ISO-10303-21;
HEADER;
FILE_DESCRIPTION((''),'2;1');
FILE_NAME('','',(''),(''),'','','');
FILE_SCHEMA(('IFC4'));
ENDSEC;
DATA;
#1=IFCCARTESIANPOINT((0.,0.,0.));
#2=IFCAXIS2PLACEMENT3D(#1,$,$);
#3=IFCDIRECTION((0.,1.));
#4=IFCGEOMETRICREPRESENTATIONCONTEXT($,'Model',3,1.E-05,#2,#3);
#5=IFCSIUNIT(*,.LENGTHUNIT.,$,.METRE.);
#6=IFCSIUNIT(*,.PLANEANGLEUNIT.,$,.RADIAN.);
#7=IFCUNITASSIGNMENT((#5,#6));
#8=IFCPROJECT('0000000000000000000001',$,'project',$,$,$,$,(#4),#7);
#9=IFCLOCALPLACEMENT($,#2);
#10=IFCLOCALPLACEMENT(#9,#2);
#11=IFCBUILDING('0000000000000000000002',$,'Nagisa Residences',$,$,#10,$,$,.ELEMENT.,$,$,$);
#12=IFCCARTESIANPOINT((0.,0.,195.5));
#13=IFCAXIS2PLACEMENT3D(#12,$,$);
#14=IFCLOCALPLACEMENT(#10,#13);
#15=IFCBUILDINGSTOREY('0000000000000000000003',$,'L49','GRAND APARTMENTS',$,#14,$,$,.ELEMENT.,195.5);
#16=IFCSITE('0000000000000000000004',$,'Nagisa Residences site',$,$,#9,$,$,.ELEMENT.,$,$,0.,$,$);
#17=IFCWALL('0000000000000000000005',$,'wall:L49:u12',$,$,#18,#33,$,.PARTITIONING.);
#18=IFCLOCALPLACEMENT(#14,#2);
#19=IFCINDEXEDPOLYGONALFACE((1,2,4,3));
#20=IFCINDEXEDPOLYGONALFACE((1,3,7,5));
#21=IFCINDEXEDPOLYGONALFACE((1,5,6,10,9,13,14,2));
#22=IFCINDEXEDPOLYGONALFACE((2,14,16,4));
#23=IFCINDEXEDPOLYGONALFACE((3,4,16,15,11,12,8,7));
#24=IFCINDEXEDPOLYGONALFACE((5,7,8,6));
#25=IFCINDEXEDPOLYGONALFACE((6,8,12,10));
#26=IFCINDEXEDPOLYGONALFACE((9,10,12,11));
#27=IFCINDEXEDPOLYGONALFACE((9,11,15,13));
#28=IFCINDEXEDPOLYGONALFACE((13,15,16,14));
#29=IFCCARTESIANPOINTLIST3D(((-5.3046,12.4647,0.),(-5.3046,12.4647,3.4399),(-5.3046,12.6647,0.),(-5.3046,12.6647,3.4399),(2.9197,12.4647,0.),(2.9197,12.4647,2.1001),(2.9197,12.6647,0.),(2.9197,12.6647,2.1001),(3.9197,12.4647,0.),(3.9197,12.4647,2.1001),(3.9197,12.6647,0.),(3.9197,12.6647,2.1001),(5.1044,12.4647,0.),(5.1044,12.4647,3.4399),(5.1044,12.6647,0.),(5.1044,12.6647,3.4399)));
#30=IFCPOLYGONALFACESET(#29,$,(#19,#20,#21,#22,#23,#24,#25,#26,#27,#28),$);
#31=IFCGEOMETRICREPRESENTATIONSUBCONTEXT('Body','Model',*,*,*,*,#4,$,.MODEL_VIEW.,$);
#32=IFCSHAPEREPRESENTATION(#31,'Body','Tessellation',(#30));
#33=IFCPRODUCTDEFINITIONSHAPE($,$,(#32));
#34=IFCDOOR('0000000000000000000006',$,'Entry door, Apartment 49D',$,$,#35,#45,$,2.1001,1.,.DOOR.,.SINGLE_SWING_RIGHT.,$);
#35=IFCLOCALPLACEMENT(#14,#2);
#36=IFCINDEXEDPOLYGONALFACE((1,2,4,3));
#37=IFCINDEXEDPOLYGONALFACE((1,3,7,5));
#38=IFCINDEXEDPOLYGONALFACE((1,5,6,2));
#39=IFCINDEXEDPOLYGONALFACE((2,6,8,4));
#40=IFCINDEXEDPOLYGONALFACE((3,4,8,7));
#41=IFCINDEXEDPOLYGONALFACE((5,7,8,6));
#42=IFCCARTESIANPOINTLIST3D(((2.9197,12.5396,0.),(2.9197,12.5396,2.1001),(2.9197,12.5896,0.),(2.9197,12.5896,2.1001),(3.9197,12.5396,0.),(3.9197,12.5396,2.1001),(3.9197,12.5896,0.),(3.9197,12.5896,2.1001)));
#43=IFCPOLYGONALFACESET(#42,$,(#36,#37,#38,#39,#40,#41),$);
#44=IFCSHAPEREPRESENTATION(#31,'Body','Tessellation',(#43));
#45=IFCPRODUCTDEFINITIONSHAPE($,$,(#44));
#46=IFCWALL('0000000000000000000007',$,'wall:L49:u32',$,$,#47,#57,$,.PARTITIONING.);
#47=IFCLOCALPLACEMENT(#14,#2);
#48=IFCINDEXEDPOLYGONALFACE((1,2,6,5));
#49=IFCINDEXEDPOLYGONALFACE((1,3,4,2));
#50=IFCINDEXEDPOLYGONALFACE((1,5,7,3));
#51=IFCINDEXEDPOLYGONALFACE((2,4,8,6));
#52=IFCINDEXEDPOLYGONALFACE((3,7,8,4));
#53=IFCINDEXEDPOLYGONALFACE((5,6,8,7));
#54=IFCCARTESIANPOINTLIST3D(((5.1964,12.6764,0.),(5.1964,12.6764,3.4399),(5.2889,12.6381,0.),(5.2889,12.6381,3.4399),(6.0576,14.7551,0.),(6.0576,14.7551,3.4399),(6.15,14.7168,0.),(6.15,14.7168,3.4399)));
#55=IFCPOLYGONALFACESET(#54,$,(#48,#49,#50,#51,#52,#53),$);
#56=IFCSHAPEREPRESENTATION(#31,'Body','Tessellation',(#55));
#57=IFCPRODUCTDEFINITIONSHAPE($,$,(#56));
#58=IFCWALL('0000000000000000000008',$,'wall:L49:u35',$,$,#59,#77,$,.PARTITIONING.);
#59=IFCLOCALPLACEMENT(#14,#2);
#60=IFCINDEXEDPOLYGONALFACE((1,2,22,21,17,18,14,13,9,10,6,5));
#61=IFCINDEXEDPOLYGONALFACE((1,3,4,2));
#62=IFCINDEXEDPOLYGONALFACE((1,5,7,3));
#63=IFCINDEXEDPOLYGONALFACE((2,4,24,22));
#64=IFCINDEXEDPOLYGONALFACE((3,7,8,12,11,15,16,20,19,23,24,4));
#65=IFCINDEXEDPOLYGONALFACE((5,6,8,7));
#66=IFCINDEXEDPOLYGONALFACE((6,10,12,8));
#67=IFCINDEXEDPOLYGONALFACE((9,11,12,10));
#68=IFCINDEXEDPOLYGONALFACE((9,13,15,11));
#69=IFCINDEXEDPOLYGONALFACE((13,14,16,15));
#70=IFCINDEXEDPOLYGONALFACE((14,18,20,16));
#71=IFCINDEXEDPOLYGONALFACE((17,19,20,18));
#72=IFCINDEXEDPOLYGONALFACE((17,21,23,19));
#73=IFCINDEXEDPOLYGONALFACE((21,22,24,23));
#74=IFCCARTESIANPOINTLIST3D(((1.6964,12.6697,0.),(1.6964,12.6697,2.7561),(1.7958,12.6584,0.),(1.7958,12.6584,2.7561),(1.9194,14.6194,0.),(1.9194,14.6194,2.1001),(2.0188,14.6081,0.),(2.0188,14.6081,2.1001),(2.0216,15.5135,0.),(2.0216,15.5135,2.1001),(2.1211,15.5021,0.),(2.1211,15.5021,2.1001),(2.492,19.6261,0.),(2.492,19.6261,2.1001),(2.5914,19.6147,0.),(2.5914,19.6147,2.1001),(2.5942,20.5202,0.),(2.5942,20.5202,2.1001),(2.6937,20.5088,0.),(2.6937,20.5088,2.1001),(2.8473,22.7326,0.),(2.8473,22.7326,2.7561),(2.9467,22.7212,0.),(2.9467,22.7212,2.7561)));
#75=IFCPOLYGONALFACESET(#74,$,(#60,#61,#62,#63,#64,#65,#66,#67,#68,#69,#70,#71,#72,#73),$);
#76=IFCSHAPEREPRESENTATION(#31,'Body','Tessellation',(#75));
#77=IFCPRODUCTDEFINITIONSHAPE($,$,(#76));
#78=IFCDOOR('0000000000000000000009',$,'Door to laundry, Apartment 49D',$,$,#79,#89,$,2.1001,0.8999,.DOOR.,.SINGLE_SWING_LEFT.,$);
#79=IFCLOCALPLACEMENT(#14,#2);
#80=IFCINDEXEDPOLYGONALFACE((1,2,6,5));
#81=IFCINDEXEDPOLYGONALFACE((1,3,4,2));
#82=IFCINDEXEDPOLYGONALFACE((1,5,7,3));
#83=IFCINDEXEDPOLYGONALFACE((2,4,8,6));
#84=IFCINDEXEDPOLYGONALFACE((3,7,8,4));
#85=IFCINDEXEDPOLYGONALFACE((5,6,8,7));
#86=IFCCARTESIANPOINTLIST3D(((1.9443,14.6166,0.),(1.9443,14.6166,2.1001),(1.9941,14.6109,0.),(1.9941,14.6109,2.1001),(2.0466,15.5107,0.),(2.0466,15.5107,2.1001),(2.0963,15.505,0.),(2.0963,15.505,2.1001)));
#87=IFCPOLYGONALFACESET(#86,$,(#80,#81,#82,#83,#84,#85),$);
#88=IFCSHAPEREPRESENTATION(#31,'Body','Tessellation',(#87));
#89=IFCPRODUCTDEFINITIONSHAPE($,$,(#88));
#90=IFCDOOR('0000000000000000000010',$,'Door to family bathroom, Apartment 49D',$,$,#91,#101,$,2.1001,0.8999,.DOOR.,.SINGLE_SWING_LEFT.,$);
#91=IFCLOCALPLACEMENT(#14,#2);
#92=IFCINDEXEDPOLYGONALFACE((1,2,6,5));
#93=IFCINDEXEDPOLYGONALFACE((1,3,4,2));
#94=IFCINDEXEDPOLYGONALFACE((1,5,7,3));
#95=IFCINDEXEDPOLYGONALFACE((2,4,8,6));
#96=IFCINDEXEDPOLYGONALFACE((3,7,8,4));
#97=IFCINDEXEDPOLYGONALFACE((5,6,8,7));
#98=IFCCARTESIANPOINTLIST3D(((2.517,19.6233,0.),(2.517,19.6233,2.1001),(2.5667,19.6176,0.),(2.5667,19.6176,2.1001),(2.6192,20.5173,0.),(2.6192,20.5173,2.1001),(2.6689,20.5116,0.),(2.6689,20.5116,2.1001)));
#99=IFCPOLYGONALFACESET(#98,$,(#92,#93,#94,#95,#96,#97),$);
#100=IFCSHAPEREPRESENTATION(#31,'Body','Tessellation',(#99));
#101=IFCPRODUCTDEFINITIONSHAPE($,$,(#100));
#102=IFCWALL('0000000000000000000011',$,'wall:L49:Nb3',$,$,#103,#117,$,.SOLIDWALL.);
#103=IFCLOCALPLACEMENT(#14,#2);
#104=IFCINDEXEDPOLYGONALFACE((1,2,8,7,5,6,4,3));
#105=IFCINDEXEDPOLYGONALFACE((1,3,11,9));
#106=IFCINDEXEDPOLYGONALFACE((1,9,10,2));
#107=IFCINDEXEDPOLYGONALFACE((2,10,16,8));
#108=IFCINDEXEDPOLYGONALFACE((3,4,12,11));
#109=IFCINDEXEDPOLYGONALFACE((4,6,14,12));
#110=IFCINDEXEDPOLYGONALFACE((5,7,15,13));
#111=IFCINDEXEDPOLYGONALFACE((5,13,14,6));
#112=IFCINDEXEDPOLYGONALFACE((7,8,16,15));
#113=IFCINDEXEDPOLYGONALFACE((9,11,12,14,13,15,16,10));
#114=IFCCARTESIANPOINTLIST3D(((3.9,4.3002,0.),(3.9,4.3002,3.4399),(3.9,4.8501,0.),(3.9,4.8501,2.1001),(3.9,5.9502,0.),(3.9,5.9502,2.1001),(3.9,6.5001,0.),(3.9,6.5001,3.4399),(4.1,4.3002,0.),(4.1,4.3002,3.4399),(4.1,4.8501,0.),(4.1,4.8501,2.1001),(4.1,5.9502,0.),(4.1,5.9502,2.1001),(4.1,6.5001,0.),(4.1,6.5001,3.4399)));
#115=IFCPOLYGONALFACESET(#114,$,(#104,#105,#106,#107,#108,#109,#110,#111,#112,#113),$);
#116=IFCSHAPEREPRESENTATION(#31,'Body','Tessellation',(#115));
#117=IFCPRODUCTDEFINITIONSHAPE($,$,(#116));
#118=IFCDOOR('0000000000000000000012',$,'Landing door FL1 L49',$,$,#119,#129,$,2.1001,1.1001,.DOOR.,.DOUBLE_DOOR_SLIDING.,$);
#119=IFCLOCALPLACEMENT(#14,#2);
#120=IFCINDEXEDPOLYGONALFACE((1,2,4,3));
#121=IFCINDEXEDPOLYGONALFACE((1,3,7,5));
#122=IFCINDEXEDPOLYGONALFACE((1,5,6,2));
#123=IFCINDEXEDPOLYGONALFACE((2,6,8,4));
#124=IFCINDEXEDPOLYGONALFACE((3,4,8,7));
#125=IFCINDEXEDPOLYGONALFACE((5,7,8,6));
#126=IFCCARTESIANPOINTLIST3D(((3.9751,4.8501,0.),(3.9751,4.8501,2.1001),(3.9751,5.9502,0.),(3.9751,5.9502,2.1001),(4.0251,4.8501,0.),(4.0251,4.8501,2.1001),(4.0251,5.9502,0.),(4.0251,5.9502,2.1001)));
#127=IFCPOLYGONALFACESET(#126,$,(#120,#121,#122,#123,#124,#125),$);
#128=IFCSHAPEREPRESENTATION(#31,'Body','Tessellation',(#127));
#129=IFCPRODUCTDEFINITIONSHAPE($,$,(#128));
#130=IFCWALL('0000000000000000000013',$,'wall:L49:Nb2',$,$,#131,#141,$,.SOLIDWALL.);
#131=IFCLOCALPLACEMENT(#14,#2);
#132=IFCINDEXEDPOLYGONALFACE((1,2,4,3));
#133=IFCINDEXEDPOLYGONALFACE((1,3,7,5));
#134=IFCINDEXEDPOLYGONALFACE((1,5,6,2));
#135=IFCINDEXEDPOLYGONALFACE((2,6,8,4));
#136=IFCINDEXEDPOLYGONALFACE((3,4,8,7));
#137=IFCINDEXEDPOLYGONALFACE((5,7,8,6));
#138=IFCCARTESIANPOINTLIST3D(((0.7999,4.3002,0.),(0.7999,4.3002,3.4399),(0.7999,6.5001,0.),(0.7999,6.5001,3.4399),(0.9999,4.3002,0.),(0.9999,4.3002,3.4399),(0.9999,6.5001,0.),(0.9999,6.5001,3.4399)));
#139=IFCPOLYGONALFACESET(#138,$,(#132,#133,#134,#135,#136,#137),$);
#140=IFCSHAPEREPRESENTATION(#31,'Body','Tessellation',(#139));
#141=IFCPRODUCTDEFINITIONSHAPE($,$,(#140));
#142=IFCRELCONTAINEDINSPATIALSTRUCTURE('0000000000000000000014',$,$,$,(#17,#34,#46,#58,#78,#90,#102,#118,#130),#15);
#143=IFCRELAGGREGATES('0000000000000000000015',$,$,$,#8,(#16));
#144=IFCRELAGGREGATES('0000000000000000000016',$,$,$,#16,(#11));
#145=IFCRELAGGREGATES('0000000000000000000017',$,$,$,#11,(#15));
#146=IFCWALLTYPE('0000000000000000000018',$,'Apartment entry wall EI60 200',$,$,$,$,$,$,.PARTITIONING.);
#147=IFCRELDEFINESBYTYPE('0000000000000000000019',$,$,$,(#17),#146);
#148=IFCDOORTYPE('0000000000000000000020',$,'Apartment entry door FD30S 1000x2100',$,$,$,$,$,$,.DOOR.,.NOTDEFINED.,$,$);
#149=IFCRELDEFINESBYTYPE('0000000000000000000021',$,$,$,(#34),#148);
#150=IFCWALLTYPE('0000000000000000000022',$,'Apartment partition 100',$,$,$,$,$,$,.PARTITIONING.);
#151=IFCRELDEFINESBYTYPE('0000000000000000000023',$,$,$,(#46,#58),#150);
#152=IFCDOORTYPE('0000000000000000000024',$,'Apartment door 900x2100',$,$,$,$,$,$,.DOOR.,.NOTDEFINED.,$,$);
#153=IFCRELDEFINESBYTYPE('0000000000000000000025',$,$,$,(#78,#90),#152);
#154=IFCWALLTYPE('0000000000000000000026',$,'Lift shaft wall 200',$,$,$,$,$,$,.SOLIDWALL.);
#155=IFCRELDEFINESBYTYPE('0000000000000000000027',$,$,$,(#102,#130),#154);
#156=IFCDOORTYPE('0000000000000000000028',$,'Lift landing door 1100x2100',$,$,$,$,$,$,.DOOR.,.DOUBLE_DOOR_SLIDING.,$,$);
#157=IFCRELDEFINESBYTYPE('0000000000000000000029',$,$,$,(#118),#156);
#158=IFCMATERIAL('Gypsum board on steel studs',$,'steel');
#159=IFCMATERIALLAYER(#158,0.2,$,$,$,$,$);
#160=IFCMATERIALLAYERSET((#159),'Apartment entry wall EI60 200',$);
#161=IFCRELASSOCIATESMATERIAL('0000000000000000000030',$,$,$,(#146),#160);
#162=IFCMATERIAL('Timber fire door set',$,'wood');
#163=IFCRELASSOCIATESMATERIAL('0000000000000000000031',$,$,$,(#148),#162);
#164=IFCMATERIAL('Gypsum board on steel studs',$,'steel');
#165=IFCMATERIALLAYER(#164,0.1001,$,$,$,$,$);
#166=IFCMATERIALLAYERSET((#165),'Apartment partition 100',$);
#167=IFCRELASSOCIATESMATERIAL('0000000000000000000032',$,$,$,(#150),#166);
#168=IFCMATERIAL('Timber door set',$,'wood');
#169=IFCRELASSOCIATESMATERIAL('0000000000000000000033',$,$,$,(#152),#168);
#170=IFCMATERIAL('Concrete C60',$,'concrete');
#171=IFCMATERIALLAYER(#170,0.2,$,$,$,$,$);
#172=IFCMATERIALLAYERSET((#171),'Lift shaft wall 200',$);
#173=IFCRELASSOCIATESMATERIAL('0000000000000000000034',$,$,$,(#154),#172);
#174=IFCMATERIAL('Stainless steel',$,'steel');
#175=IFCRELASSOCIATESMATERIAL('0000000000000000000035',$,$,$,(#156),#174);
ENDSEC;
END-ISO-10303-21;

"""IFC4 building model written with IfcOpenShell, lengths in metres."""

from ifc_helpers import new_model, si_unit, direction, frame, frame_2d, origin, place, context, subcontext, project, spatial, rectangle, extrude, material, layer, layer_set, type_object, element, fill, save


model = new_model("IFC4")

# Units and contexts
model_context = context("Model", 3, precision=1e-05, world=origin(), true_north=direction((0.0, 1.0)))
body_context = subcontext(model_context, "Body", "Model", "MODEL_VIEW")
ifc_project = project(units=[si_unit("LENGTHUNIT", "METRE"), si_unit("PLANEANGLEUNIT", "RADIAN")], contexts=[model_context])

# Site, building, storey
site_placement = place(None, origin())
site = spatial("IfcSite", under=ifc_project, at=site_placement, Name="Nagisa Residences site", CompositionType="ELEMENT", RefElevation=0.0)
building_placement = place(site_placement, origin())
building = spatial("IfcBuilding", under=site, at=building_placement, Name="Nagisa Residences", CompositionType="ELEMENT")
storey_placement = place(building_placement, frame((0.0, 0.0, 195.5)))
storey = spatial("IfcBuildingStorey", under=building, at=storey_placement, Name="L49", Description="GRAND APARTMENTS", CompositionType="ELEMENT", Elevation=195.5)

# Wall, opening, door
ifc_material_1 = material(Name="Gypsum board on steel studs", Category="steel")
ifc_layer_1 = layer(ifc_material_1, 0.2)
ifc_layer_set_1 = layer_set([ifc_layer_1], Name="Apartment entry wall EI60 200")
wall_type_1 = type_object("IfcWallType", Name="Apartment entry wall EI60 200", PredefinedType="PARTITIONING", material=ifc_layer_set_1)
wall_1_placement = place(storey_placement, frame((5.1045, 12.5647, 0.0), z_axis=(0.0, 0.0, 1.0), x_axis=(-1.0, 0.0, 0.0)))
wall_1 = element("IfcWall", 1, at=wall_1_placement, inside=storey, type_object=wall_type_1, Name="wall:L49:u12", PredefinedType="PARTITIONING", context=body_context, shape_type="SweptSolid", body=[
    extrude(rectangle(XDim=10.4089, YDim=0.2, at=frame_2d((5.2046, 0.0))), origin(), (0.0, 0.0, 1.0), 3.4399),
])
opening_1_placement = place(wall_1_placement, frame((1.1848, 0.0, 0.0)))
opening_1 = element("IfcOpeningElement", 2, at=opening_1_placement, cuts=wall_1, PredefinedType="OPENING", context=body_context, shape_type="SweptSolid", body=[
    extrude(rectangle(XDim=1.0, YDim=2.1001, at=frame_2d((0.5, 1.05))), frame((0.0, 0.1099, 0.0), z_axis=(0.0, -1.0, 0.0), x_axis=(1.0, 0.0, 0.0)), (0.0, 0.0, 1.0), 0.22),
])
ifc_material_2 = material(Name="Timber fire door set", Category="wood")
door_type_1 = type_object("IfcDoorType", Name="Apartment entry door FD30S 1000x2100", OperationType="NOTDEFINED", PredefinedType="DOOR", material=ifc_material_2)
door_1_placement = place(opening_1_placement, frame((1.0, 0.0, 0.0), x_axis=(-1.0, 0.0, 0.0)))
door_1 = element("IfcDoor", 3, at=door_1_placement, inside=storey, type_object=door_type_1, Name="Entry door, Apartment 49D", OperationType="SINGLE_SWING_RIGHT", OverallHeight=2.1001, OverallWidth=1.0, PredefinedType="DOOR", context=body_context, shape_type="SweptSolid", body=[
    extrude(rectangle(XDim=1.0, YDim=2.1001, at=frame_2d((0.5, 1.05))), frame((0.0, 0.0249, 0.0), z_axis=(0.0, -1.0, 0.0), x_axis=(1.0, 0.0, 0.0)), (0.0, 0.0, 1.0), 0.05),
])
fill(opening_1, door_1)

# Wall
ifc_material_3 = material(Name="Gypsum board on steel studs", Category="steel")
ifc_layer_2 = layer(ifc_material_3, 0.1001)
ifc_layer_set_2 = layer_set([ifc_layer_2], Name="Apartment partition 100")
wall_type_2 = type_object("IfcWallType", Name="Apartment partition 100", PredefinedType="PARTITIONING", material=ifc_layer_set_2)
wall_2_placement = place(storey_placement, frame((5.2427, 12.6572, 0.0), z_axis=(0.0, 0.0, 1.0), x_axis=(0.382719, 0.923865, 0.0)))
element("IfcWall", 4, at=wall_2_placement, inside=storey, type_object=wall_type_2, Name="wall:L49:u32", PredefinedType="PARTITIONING", context=body_context, shape_type="SweptSolid", body=[
    extrude(rectangle(XDim=2.25, YDim=0.1001, at=frame_2d((1.125, 0.0))), origin(), (0.0, 0.0, 1.0), 3.4399),
])

# Wall, openings, doors
wall_3_placement = place(storey_placement, frame((1.7461, 12.6641, 0.0), z_axis=(0.0, 0.0, 1.0), x_axis=(0.11363, 0.993523, 0.0)))
wall_3 = element("IfcWall", 5, at=wall_3_placement, inside=storey, type_object=wall_type_2, Name="wall:L49:u35", PredefinedType="PARTITIONING", context=body_context, shape_type="SweptSolid", body=[
    extrude(rectangle(XDim=10.1284, YDim=0.1001, at=frame_2d((5.0642, 0.0))), origin(), (0.0, 0.0, 1.0), 2.7561),
])
opening_2_placement = place(wall_3_placement, frame((1.9624, 0.0, 0.0)))
opening_2 = element("IfcOpeningElement", 6, at=opening_2_placement, cuts=wall_3, PredefinedType="OPENING", context=body_context, shape_type="SweptSolid", body=[
    extrude(rectangle(XDim=0.8999, YDim=2.1001, at=frame_2d((0.45, 1.05))), frame((0.0, 0.0601, 0.0), z_axis=(0.0, -1.0, 0.0), x_axis=(1.0, 0.0, 0.0)), (0.0, 0.0, 1.0), 0.1201),
])
opening_3_placement = place(wall_3_placement, frame((7.0017, 0.0, 0.0)))
opening_3 = element("IfcOpeningElement", 7, at=opening_3_placement, cuts=wall_3, PredefinedType="OPENING", context=body_context, shape_type="SweptSolid", body=[
    extrude(rectangle(XDim=0.8999, YDim=2.1001, at=frame_2d((0.45, 1.05))), frame((0.0, 0.0601, 0.0), z_axis=(0.0, -1.0, 0.0), x_axis=(1.0, 0.0, 0.0)), (0.0, 0.0, 1.0), 0.1201),
])
ifc_material_4 = material(Name="Timber door set", Category="wood")
door_type_2 = type_object("IfcDoorType", Name="Apartment door 900x2100", OperationType="NOTDEFINED", PredefinedType="DOOR", material=ifc_material_4)
door_2_placement = place(opening_2_placement, origin())
door_2 = element("IfcDoor", 8, at=door_2_placement, inside=storey, type_object=door_type_2, Name="Door to laundry, Apartment 49D", OperationType="SINGLE_SWING_LEFT", OverallHeight=2.1001, OverallWidth=0.8999, PredefinedType="DOOR", context=body_context, shape_type="SweptSolid", body=[
    extrude(rectangle(XDim=0.8999, YDim=2.1001, at=frame_2d((0.45, 1.05))), frame((0.0, 0.0249, 0.0), z_axis=(0.0, -1.0, 0.0), x_axis=(1.0, 0.0, 0.0)), (0.0, 0.0, 1.0), 0.05),
])
fill(opening_2, door_2)
door_3_placement = place(opening_3_placement, origin())
door_3 = element("IfcDoor", 9, at=door_3_placement, inside=storey, type_object=door_type_2, Name="Door to family bathroom, Apartment 49D", OperationType="SINGLE_SWING_LEFT", OverallHeight=2.1001, OverallWidth=0.8999, PredefinedType="DOOR", context=body_context, shape_type="SweptSolid", body=[
    extrude(rectangle(XDim=0.8999, YDim=2.1001, at=frame_2d((0.45, 1.05))), frame((0.0, 0.0249, 0.0), z_axis=(0.0, -1.0, 0.0), x_axis=(1.0, 0.0, 0.0)), (0.0, 0.0, 1.0), 0.05),
])
fill(opening_3, door_3)

# Wall, opening, door
ifc_material_5 = material(Name="Concrete C60", Category="concrete")
ifc_layer_3 = layer(ifc_material_5, 0.2)
ifc_layer_set_3 = layer_set([ifc_layer_3], Name="Lift shaft wall 200")
wall_type_3 = type_object("IfcWallType", Name="Lift shaft wall 200", PredefinedType="SOLIDWALL", material=ifc_layer_set_3)
wall_4_placement = place(storey_placement, frame((4.0, 4.3, 0.0), z_axis=(0.0, 0.0, 1.0), x_axis=(0.0, 1.0, 0.0)))
wall_4 = element("IfcWall", 10, at=wall_4_placement, inside=storey, type_object=wall_type_3, Name="wall:L49:Nb3", PredefinedType="SOLIDWALL", context=body_context, shape_type="SweptSolid", body=[
    extrude(rectangle(XDim=2.2, YDim=0.2, at=frame_2d((1.1001, 0.0))), origin(), (0.0, 0.0, 1.0), 3.4399),
])
opening_4_placement = place(wall_4_placement, frame((0.55, 0.0, 0.0)))
opening_4 = element("IfcOpeningElement", 11, at=opening_4_placement, cuts=wall_4, PredefinedType="OPENING", context=body_context, shape_type="SweptSolid", body=[
    extrude(rectangle(XDim=1.1001, YDim=2.1001, at=frame_2d((0.55, 1.05))), frame((0.0, 0.1099, 0.0), z_axis=(0.0, -1.0, 0.0), x_axis=(1.0, 0.0, 0.0)), (0.0, 0.0, 1.0), 0.22),
])
ifc_material_6 = material(Name="Stainless steel", Category="steel")
door_type_3 = type_object("IfcDoorType", Name="Lift landing door 1100x2100", OperationType="DOUBLE_DOOR_SLIDING", PredefinedType="DOOR", material=ifc_material_6)
door_4_placement = place(opening_4_placement, origin())
door_4 = element("IfcDoor", 12, at=door_4_placement, inside=storey, type_object=door_type_3, Name="Landing door FL1 L49", OperationType="DOUBLE_DOOR_SLIDING", OverallHeight=2.1001, OverallWidth=1.1001, PredefinedType="DOOR", context=body_context, shape_type="SweptSolid", body=[
    extrude(rectangle(XDim=1.1001, YDim=2.1001, at=frame_2d((0.55, 1.05))), frame((0.0, 0.0249, 0.0), z_axis=(0.0, -1.0, 0.0), x_axis=(1.0, 0.0, 0.0)), (0.0, 0.0, 1.0), 0.05),
])
fill(opening_4, door_4)

# Wall
wall_5_placement = place(storey_placement, frame((0.8999, 4.3, 0.0), z_axis=(0.0, 0.0, 1.0), x_axis=(0.0, 1.0, 0.0)))
element("IfcWall", 13, at=wall_5_placement, inside=storey, type_object=wall_type_3, Name="wall:L49:Nb2", PredefinedType="SOLIDWALL", context=body_context, shape_type="SweptSolid", body=[
    extrude(rectangle(XDim=2.2, YDim=0.2, at=frame_2d((1.1001, 0.0))), origin(), (0.0, 0.0, 1.0), 3.4399),
])

save(model, "model.ifc")
